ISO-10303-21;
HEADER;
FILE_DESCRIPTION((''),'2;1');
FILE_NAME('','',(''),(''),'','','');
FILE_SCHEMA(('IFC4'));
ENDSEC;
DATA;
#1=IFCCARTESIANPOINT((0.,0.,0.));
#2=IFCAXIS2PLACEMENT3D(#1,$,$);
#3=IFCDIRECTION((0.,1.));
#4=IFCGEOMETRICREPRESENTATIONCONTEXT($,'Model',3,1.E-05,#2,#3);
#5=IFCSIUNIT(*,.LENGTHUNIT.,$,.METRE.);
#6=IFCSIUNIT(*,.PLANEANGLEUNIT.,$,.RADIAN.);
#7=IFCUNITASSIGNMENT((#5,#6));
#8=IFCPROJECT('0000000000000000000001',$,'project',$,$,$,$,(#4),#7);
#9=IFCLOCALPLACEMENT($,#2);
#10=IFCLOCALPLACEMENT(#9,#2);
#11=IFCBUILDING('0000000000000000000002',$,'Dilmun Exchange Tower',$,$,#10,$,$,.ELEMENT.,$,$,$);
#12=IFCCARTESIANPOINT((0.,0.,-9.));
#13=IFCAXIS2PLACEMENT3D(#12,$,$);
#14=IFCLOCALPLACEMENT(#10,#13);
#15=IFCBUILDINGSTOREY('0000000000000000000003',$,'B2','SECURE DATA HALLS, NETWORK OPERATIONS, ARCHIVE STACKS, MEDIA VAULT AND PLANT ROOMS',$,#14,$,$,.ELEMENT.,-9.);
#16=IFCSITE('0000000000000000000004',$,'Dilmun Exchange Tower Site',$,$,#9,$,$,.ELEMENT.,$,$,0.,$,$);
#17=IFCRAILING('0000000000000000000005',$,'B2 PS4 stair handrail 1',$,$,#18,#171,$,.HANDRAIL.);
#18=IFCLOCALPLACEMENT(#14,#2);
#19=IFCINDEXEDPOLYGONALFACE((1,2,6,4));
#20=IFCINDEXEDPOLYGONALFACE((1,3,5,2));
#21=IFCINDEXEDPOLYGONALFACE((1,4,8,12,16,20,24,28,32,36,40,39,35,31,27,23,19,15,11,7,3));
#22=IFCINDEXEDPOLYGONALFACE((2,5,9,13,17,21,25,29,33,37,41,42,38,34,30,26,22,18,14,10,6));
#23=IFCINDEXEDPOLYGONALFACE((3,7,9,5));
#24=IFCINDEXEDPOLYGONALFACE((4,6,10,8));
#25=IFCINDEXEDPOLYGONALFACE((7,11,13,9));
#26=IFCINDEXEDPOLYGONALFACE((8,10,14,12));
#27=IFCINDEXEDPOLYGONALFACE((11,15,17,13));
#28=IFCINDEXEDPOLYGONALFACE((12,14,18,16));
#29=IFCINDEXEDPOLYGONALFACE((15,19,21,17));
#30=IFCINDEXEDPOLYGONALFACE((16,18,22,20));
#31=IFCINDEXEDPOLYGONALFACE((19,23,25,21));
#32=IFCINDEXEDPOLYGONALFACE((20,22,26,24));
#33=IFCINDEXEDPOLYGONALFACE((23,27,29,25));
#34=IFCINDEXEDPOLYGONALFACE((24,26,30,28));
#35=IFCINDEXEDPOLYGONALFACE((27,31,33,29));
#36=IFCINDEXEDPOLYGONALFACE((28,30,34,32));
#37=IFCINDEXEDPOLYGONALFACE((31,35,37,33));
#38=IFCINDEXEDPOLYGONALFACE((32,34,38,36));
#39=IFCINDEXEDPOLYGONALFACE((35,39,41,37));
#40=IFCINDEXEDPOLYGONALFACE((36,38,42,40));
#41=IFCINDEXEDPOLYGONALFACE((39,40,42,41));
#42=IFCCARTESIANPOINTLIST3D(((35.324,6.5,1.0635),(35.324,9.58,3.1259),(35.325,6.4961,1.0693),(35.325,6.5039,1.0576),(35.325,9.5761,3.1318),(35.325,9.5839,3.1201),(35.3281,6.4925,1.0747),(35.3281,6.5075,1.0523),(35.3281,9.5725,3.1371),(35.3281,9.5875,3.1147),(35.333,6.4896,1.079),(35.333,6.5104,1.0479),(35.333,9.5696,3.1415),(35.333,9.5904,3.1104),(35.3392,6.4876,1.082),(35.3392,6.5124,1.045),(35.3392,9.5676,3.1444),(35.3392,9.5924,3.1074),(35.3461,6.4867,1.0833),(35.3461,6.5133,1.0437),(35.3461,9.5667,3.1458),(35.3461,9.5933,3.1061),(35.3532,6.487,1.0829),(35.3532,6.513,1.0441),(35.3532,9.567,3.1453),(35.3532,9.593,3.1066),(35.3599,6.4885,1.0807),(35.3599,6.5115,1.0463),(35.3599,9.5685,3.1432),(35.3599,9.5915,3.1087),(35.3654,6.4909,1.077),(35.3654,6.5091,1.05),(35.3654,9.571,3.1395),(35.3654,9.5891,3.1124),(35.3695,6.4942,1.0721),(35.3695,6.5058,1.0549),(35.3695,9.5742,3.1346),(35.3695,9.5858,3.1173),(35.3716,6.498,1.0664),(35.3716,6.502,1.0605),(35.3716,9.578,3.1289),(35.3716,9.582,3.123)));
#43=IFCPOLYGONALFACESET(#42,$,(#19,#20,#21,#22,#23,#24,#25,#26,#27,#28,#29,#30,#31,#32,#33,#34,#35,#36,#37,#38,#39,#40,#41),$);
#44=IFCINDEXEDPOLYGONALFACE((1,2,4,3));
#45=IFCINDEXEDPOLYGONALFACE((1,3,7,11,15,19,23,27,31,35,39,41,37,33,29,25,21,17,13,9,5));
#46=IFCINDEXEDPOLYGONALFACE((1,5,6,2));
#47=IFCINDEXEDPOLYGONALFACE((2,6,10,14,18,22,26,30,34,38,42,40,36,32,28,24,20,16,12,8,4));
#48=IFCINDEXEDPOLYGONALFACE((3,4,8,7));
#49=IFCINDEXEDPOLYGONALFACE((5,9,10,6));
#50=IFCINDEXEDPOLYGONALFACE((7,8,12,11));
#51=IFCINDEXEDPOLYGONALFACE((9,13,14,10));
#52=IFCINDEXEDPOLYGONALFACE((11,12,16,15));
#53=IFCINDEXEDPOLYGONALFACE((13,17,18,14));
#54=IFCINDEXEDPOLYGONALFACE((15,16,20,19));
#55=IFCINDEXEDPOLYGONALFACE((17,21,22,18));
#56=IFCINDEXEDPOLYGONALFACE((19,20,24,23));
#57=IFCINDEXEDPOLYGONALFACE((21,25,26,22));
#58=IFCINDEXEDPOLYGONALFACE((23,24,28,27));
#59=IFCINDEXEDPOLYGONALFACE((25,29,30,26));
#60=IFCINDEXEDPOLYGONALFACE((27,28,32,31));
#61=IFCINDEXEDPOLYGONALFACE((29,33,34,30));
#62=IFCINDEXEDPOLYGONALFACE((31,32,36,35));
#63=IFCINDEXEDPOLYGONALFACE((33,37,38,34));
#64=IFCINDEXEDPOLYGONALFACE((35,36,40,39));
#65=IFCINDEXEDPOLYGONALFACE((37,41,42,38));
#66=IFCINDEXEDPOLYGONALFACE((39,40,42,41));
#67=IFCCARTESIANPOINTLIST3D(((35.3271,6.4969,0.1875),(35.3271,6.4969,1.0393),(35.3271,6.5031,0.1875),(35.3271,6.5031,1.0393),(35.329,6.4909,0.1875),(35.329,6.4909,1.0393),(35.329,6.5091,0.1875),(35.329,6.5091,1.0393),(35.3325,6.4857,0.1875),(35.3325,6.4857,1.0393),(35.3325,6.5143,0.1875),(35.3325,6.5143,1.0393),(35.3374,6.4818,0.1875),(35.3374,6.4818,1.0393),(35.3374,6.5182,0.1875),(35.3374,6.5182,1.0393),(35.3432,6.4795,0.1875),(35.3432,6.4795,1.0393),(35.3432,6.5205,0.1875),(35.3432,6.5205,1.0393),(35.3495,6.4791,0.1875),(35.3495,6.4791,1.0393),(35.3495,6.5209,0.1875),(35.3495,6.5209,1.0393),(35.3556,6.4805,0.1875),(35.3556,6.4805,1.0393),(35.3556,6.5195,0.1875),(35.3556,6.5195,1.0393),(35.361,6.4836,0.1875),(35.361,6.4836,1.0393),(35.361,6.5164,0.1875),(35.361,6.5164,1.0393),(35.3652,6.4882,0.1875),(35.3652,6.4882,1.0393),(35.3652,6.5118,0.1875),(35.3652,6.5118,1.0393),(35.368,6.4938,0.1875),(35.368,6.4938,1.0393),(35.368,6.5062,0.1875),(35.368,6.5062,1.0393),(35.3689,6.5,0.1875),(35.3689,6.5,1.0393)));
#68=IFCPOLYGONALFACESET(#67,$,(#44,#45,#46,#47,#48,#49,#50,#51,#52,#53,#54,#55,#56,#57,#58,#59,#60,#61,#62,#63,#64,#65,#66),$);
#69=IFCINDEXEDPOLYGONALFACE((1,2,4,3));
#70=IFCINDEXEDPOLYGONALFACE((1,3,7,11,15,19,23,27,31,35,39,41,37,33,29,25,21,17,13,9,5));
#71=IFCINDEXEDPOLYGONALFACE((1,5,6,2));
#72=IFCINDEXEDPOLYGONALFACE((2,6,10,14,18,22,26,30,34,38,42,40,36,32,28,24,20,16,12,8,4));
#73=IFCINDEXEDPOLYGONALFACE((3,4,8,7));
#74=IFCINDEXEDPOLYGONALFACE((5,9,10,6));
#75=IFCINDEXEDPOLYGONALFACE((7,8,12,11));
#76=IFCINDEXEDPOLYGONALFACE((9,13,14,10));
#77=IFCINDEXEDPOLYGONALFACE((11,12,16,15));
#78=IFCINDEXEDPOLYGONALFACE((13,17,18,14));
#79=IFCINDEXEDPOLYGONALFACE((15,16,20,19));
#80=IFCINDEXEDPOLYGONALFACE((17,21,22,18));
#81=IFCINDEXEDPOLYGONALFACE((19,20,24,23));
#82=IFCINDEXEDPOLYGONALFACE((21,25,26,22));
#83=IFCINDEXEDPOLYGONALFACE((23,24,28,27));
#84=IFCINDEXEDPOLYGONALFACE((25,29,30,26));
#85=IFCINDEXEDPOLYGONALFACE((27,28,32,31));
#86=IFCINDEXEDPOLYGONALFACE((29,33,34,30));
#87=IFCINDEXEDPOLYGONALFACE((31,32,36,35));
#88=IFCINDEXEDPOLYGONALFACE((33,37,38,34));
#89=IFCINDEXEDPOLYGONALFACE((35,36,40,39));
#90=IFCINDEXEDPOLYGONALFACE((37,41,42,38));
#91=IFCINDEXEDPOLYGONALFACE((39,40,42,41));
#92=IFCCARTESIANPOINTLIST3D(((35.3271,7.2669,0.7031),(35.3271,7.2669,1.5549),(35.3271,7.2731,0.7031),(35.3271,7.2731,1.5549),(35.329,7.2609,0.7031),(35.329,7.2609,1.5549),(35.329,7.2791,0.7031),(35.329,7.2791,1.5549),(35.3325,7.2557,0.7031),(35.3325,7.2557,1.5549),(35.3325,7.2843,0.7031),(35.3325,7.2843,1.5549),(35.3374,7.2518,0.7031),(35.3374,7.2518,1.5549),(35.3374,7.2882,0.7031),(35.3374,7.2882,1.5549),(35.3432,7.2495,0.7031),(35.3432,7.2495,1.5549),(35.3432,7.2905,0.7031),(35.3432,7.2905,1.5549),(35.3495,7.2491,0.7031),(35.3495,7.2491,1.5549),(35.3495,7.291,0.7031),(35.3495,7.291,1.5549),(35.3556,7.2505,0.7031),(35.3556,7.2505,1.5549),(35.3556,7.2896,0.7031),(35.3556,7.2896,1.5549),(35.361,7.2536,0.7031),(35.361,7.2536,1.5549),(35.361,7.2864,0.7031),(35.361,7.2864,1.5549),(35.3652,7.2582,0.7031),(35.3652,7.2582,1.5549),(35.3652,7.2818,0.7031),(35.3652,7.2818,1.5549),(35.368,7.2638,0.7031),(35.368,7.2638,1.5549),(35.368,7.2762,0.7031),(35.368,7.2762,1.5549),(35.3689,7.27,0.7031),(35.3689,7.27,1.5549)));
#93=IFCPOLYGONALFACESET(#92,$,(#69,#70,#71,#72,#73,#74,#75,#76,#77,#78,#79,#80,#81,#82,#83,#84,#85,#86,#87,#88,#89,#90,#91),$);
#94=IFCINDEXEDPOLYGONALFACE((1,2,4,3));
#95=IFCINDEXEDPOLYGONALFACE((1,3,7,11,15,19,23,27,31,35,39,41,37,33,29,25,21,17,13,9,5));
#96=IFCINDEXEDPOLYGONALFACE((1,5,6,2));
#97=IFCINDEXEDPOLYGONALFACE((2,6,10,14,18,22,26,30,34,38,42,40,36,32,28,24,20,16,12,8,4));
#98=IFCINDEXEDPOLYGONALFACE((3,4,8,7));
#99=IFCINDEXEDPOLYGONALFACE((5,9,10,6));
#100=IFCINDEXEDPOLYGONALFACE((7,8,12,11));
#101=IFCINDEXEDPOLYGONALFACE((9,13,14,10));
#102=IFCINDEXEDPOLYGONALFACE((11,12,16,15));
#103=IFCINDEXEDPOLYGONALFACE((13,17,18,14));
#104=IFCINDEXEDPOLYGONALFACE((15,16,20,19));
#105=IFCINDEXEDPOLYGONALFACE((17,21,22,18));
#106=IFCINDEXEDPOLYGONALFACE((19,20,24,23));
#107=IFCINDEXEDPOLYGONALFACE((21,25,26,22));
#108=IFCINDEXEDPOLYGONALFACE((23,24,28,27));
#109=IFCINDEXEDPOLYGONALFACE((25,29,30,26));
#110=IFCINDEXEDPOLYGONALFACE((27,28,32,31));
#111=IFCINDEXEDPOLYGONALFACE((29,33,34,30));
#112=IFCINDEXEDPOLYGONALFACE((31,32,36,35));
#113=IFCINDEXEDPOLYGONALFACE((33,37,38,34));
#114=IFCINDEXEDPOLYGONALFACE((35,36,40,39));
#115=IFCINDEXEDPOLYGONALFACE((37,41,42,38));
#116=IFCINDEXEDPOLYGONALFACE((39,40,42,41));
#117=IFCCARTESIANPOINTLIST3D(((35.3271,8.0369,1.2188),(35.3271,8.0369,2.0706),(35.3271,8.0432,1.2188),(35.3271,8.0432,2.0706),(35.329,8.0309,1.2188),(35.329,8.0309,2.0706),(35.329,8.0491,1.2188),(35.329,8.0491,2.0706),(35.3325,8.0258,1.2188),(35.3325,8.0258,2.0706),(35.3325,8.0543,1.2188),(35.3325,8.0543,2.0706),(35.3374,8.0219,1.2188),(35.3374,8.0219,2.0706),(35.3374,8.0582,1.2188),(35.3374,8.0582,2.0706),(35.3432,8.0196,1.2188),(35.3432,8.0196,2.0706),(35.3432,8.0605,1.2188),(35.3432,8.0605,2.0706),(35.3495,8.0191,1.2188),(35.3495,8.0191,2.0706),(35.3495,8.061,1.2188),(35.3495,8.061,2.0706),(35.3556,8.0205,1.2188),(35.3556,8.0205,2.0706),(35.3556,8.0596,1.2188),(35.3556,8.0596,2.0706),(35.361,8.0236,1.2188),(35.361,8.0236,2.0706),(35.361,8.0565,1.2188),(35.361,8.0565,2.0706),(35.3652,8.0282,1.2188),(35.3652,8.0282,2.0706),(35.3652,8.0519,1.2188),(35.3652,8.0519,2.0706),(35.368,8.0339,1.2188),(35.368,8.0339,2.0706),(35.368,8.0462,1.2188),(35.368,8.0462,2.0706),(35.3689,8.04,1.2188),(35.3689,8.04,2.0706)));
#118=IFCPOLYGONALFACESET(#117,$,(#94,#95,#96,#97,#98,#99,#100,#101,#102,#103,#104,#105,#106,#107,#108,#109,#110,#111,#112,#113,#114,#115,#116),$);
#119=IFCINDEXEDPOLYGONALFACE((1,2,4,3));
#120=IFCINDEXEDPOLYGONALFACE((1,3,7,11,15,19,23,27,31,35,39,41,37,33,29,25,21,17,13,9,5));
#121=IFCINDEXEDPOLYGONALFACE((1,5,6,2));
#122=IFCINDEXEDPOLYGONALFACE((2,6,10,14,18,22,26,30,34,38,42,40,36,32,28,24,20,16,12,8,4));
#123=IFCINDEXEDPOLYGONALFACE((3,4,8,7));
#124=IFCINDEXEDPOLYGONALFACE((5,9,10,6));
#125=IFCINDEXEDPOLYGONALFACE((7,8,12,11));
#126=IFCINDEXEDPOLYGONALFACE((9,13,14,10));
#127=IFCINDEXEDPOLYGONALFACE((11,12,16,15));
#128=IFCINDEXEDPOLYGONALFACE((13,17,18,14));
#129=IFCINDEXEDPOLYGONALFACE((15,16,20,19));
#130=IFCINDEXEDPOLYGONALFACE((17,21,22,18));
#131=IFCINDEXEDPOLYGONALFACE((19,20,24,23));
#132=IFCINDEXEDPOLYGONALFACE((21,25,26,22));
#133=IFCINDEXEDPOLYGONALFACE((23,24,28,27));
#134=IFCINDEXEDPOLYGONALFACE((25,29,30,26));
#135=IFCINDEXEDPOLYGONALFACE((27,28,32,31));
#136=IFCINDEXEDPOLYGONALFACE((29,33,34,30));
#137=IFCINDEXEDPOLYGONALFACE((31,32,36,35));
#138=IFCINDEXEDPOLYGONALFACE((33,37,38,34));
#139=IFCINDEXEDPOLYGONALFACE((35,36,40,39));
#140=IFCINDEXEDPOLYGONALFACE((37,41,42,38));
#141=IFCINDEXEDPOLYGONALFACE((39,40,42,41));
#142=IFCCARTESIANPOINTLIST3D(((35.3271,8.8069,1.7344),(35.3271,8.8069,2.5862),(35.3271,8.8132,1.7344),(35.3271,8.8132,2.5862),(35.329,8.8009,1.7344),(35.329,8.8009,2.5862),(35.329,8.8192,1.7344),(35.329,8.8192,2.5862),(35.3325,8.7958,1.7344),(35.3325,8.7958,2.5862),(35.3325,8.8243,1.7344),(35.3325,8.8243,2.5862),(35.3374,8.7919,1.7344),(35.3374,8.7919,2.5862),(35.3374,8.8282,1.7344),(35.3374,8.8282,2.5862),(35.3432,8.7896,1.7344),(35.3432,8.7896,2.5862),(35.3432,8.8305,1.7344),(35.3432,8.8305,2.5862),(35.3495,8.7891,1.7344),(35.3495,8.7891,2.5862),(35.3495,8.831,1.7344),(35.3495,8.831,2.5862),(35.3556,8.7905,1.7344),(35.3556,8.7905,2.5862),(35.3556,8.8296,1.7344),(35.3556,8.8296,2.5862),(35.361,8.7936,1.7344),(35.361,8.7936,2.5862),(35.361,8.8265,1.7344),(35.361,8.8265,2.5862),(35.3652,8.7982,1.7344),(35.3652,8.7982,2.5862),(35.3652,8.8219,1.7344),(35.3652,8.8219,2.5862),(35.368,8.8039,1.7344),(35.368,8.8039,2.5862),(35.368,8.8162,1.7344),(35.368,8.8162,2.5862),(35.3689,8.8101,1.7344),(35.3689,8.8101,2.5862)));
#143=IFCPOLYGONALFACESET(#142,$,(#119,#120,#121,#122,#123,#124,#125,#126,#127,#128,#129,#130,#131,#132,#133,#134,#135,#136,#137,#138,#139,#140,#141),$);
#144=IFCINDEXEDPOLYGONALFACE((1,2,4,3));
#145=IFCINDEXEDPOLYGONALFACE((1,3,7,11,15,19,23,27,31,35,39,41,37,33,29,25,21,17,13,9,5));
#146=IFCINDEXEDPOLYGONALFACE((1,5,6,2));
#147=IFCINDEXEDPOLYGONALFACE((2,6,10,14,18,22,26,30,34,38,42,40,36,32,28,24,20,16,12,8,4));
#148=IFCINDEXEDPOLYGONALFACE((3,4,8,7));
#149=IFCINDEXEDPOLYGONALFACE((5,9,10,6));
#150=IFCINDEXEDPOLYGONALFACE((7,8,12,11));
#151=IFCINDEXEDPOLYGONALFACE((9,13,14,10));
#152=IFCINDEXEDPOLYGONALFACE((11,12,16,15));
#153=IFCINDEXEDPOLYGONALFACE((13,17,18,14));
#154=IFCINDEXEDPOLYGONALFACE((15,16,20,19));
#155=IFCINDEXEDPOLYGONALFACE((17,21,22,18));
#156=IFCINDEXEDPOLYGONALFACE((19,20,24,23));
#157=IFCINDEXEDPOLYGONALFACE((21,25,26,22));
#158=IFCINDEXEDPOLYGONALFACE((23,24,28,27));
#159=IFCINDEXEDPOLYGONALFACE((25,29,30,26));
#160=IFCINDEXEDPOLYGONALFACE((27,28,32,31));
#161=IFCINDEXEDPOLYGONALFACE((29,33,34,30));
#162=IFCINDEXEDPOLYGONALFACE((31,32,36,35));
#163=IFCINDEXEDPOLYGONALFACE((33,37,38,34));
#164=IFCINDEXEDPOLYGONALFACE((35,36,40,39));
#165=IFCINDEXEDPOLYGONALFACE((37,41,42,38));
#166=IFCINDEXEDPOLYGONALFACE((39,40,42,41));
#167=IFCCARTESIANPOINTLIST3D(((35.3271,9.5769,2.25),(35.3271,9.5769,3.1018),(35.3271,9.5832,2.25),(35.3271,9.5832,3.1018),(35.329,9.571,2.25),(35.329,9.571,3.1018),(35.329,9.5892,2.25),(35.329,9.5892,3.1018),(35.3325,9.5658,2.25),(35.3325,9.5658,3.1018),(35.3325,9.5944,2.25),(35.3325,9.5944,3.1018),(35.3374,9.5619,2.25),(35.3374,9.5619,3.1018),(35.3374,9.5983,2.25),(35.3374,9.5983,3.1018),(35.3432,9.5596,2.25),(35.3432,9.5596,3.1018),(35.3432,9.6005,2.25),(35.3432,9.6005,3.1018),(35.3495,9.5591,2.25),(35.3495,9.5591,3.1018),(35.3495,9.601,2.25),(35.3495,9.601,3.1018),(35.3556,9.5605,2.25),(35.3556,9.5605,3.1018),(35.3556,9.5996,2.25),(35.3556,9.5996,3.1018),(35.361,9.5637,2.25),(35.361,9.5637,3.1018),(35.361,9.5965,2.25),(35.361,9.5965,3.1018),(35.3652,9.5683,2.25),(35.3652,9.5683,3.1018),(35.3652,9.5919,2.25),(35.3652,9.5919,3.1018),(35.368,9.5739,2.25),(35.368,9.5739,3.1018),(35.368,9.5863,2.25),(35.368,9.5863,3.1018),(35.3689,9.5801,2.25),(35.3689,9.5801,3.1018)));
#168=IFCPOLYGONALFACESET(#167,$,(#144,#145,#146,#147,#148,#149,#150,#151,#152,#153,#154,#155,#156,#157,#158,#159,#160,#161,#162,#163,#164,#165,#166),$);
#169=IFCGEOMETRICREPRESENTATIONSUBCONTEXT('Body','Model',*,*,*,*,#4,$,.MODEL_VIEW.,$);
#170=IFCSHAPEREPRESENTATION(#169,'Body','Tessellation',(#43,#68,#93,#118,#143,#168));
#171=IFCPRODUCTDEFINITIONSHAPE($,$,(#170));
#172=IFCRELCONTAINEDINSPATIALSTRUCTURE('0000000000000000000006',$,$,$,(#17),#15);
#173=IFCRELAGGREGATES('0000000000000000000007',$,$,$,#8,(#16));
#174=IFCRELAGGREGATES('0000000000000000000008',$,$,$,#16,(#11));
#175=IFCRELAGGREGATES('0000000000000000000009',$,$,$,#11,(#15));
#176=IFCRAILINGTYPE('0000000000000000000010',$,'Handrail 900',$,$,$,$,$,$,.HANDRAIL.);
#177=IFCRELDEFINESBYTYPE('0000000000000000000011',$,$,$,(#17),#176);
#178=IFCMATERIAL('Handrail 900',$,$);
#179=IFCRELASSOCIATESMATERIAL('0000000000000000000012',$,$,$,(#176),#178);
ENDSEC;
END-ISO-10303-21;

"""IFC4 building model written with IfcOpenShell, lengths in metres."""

from ifc_helpers import new_model, si_unit, direction, frame, origin, origin_2d, place, context, subcontext, project, spatial, circle, extrude, material, type_object, element, save


model = new_model("IFC4")

# Units and contexts
model_context = context("Model", 3, precision=1e-05, world=origin(), true_north=direction((0.0, 1.0)))
body_context = subcontext(model_context, "Body", "Model", "MODEL_VIEW")
ifc_project = project(units=[si_unit("LENGTHUNIT", "METRE"), si_unit("PLANEANGLEUNIT", "RADIAN")], contexts=[model_context])

# Site, building, storey
site_placement = place(None, origin())
site = spatial("IfcSite", under=ifc_project, at=site_placement, Name="Dilmun Exchange Tower Site", CompositionType="ELEMENT", RefElevation=0.0)
building_placement = place(site_placement, origin())
building = spatial("IfcBuilding", under=site, at=building_placement, Name="Dilmun Exchange Tower", CompositionType="ELEMENT")
storey_placement = place(building_placement, frame((0.0, 0.0, -9.0)))
storey = spatial("IfcBuildingStorey", under=building, at=storey_placement, Name="B2", Description="SECURE DATA HALLS, NETWORK OPERATIONS, ARCHIVE STACKS, MEDIA VAULT AND PLANT ROOMS", CompositionType="ELEMENT", Elevation=-9.0)

# Railing
ifc_material_1 = material(Name="Handrail 900")
railing_type_1 = type_object("IfcRailingType", Name="Handrail 900", PredefinedType="HANDRAIL", material=ifc_material_1)
railing_1_placement = place(storey_placement, frame((35.3479, 6.5, 0.1875)))
element("IfcRailing", 1, at=railing_1_placement, inside=storey, type_object=railing_type_1, Name="B2 PS4 stair handrail 1", PredefinedType="HANDRAIL", context=body_context, shape_type="SweptSolid", body=[
    extrude(circle(Radius=0.0239, at=origin_2d()), frame((0.0, 0.0, 0.876), z_axis=(0.0, 0.830914, 0.556401), x_axis=(-1.0, 0.0, 0.0)), (0.0, 0.0, 1.0), 3.7068),
    extrude(circle(Radius=0.021, at=origin_2d()), origin(), (0.0, 0.0, 1.0), 0.8518),
    extrude(circle(Radius=0.021, at=origin_2d()), frame((0.0, 0.77, 0.5156)), (0.0, 0.0, 1.0), 0.8518),
    extrude(circle(Radius=0.021, at=origin_2d()), frame((0.0, 1.54, 1.0312)), (0.0, 0.0, 1.0), 0.8518),
    extrude(circle(Radius=0.021, at=origin_2d()), frame((0.0, 2.3101, 1.5469)), (0.0, 0.0, 1.0), 0.8518),
    extrude(circle(Radius=0.021, at=origin_2d()), frame((0.0, 3.0801, 2.0625)), (0.0, 0.0, 1.0), 0.8518),
])

save(model, "model.ifc")
